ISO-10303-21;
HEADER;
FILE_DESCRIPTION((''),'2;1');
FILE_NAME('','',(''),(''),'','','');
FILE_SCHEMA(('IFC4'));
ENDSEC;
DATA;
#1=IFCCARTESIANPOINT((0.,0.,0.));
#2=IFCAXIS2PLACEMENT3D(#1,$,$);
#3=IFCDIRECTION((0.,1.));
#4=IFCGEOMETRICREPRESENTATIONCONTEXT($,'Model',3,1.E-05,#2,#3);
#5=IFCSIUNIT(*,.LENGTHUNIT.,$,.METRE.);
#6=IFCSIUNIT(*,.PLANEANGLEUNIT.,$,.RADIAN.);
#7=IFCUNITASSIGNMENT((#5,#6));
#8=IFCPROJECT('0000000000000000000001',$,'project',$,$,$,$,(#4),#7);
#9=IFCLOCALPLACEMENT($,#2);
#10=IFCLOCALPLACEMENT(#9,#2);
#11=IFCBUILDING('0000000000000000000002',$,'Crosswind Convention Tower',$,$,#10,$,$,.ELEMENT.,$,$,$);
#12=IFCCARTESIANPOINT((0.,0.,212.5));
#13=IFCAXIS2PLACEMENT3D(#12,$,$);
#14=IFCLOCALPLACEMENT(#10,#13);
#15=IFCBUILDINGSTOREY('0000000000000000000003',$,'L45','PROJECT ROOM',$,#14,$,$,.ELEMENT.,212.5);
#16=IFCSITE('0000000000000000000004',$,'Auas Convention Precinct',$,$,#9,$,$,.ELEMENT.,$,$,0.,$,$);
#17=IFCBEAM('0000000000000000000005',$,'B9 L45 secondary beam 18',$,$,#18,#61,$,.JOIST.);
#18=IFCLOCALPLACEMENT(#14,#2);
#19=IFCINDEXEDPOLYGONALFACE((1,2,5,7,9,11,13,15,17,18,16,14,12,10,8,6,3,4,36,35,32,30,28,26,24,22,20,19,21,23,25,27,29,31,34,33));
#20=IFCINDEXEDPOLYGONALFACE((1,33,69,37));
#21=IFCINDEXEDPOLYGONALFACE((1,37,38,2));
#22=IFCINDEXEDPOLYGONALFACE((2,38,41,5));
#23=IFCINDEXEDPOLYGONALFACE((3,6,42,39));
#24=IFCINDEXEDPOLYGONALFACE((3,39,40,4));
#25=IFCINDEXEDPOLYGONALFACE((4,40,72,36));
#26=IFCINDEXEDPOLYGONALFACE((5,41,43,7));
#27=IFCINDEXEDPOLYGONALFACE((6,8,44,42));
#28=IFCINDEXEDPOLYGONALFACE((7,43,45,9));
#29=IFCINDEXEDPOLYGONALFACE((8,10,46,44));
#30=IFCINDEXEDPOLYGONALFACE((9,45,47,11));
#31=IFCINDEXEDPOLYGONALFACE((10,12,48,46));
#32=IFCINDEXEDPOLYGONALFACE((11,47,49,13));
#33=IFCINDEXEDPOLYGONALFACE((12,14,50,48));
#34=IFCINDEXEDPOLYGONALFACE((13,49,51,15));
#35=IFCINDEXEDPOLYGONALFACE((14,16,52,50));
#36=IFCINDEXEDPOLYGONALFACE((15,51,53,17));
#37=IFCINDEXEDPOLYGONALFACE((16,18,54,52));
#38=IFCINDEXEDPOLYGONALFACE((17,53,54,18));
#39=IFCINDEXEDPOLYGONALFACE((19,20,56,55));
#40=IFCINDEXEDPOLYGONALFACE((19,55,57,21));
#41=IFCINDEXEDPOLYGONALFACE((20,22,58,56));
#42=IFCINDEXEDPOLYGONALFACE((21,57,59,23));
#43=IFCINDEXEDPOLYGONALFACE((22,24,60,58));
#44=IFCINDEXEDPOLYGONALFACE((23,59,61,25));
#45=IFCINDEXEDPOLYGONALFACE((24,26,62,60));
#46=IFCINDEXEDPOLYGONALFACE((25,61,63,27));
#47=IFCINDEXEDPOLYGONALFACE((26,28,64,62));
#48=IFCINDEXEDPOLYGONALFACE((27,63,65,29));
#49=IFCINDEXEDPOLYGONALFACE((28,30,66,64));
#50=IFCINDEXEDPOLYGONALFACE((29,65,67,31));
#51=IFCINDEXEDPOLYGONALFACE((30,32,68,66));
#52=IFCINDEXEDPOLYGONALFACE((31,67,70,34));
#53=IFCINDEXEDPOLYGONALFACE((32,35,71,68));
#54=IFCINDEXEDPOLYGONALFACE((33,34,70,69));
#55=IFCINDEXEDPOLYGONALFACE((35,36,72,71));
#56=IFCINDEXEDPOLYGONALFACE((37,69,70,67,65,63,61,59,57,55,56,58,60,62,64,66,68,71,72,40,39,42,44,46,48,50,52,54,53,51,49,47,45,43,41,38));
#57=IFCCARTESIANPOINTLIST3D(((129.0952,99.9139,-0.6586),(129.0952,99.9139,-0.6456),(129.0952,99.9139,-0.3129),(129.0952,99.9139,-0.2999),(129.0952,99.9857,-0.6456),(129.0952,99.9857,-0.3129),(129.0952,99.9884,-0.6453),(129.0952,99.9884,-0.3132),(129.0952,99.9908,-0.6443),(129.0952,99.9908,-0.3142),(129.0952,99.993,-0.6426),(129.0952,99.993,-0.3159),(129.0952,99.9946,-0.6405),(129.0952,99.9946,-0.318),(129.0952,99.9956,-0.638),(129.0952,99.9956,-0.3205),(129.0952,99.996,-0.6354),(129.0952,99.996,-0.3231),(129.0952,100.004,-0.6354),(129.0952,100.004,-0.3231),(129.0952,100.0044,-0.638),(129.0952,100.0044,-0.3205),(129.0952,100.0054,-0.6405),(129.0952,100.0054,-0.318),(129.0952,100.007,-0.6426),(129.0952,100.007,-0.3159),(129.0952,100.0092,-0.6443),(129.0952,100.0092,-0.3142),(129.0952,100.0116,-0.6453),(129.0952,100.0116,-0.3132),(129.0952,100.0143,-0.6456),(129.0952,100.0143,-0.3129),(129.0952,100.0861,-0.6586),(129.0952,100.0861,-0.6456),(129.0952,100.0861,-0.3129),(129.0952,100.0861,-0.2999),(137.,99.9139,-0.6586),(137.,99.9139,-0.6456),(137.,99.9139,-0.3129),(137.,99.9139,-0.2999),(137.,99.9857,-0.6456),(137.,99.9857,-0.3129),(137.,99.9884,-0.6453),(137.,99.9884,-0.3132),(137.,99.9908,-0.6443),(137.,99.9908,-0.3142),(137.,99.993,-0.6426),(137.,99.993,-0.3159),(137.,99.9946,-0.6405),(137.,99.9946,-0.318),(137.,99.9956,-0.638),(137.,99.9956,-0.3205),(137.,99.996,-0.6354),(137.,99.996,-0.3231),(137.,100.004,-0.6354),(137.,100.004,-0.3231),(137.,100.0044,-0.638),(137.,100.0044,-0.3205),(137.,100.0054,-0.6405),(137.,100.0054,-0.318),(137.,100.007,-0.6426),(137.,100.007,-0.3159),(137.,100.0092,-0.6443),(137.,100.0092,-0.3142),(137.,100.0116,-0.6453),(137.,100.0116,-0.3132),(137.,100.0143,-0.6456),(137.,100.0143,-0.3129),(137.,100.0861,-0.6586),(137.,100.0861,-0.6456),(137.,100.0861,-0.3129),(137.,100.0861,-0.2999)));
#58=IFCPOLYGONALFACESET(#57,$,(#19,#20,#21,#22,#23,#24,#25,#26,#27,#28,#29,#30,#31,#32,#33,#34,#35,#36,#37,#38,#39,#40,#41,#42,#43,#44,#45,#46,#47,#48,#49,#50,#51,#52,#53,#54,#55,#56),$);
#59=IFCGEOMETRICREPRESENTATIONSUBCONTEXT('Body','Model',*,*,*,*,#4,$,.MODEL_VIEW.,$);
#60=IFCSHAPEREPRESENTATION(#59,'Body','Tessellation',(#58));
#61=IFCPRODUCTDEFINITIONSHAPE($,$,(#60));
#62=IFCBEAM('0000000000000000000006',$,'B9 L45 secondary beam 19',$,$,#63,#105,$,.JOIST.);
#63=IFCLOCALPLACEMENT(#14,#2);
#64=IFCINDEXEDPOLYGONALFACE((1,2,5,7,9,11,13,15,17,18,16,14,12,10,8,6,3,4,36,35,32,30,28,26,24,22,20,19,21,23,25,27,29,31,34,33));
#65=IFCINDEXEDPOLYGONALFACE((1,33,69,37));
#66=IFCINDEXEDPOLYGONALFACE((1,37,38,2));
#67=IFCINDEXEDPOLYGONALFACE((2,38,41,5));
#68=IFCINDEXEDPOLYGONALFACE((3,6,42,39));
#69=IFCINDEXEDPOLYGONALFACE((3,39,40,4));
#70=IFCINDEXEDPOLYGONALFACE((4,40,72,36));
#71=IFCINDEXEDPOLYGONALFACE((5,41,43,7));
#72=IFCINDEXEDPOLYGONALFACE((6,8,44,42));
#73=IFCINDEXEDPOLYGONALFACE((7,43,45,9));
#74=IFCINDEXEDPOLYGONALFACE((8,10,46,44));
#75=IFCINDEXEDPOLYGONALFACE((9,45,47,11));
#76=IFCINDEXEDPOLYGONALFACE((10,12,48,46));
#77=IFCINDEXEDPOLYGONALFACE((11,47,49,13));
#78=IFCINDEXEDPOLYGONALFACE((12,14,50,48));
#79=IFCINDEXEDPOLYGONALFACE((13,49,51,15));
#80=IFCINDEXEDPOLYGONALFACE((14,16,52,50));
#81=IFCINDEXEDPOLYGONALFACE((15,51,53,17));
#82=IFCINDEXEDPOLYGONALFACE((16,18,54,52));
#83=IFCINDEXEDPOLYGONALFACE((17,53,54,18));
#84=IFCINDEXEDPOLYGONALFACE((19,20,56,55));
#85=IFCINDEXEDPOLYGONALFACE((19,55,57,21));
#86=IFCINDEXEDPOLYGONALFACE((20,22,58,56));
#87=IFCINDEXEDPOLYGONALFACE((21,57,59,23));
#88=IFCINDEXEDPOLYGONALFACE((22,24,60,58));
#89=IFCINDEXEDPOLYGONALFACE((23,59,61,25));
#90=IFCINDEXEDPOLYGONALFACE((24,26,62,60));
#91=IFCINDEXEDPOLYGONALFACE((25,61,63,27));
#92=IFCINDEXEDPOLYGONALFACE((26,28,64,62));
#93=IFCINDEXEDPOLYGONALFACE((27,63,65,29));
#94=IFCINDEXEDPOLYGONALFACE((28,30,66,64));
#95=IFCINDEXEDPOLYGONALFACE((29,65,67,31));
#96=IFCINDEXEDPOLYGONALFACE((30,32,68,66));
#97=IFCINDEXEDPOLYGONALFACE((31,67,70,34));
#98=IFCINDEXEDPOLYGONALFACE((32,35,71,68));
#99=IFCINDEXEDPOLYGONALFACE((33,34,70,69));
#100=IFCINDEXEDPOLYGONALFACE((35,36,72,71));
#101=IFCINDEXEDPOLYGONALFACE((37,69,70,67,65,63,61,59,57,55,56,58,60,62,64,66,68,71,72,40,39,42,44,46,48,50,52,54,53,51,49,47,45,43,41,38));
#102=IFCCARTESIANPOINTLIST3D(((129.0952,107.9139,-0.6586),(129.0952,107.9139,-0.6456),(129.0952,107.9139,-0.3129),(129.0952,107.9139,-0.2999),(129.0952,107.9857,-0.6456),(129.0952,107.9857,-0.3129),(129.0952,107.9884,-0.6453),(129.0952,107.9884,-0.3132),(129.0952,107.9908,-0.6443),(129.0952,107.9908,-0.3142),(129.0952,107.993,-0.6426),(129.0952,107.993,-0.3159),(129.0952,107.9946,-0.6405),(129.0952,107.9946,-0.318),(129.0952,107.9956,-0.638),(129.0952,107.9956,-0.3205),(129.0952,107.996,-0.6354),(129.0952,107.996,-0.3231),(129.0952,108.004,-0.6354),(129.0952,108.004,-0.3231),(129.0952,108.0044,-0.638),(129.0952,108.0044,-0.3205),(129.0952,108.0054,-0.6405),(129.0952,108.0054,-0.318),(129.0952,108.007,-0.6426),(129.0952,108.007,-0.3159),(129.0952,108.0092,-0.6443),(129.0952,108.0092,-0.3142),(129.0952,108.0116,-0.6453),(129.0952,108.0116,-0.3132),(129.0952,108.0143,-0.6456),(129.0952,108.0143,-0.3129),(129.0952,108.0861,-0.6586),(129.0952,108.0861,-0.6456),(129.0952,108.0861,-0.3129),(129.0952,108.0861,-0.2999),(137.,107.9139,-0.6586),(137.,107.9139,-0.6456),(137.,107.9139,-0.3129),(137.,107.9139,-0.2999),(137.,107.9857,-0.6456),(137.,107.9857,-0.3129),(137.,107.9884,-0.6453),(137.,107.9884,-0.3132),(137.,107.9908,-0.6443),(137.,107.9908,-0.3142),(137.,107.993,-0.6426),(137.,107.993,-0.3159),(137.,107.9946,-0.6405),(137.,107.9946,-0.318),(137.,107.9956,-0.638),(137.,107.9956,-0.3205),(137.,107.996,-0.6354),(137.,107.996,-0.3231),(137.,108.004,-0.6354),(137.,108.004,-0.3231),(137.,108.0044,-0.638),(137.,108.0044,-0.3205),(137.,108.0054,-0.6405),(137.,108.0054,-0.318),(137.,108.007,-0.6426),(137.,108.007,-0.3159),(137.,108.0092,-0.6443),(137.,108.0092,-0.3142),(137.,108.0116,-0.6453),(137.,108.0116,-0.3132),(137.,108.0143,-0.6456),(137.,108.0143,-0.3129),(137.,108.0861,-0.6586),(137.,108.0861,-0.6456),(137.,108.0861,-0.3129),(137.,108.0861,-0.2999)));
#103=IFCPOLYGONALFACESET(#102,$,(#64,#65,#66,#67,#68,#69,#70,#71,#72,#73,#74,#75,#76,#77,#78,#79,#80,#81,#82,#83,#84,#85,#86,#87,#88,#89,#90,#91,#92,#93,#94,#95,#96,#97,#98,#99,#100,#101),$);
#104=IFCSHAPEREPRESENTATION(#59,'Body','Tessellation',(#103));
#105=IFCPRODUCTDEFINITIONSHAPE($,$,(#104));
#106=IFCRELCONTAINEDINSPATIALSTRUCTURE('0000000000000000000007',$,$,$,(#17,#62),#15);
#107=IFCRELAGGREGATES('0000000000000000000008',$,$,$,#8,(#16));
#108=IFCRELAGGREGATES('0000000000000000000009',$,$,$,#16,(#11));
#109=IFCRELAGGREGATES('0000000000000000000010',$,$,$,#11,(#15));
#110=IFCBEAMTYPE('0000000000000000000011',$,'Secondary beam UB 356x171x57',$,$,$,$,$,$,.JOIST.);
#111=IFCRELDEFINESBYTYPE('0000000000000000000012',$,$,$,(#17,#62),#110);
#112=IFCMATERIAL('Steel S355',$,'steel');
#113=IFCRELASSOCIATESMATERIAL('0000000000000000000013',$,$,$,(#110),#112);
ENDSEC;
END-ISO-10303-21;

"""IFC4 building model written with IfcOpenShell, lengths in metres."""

from ifc_helpers import new_model, si_unit, direction, frame, origin, origin_2d, place, context, subcontext, project, spatial, i_section, extrude, material, material_profile, profile_set, type_object, element, save


model = new_model("IFC4")

# Units and contexts
model_context = context("Model", 3, precision=1e-05, world=origin(), true_north=direction((0.0, 1.0)))
body_context = subcontext(model_context, "Body", "Model", "MODEL_VIEW")
ifc_project = project(units=[si_unit("LENGTHUNIT", "METRE"), si_unit("PLANEANGLEUNIT", "RADIAN")], contexts=[model_context])

# Site, building, storey
site_placement = place(None, origin())
site = spatial("IfcSite", under=ifc_project, at=site_placement, Name="Auas Convention Precinct", CompositionType="ELEMENT", RefElevation=0.0)
building_placement = place(site_placement, origin())
building = spatial("IfcBuilding", under=site, at=building_placement, Name="Crosswind Convention Tower", CompositionType="ELEMENT")
storey_placement = place(building_placement, frame((0.0, 0.0, 212.5)))
storey = spatial("IfcBuildingStorey", under=building, at=storey_placement, Name="L45", Description="PROJECT ROOM", CompositionType="ELEMENT", Elevation=212.5)

# Beams
ifc_material_1 = material(Name="Steel S355", Category="steel")
ifc_material_profile_1 = material_profile(ifc_material_1, i_section(OverallWidth=0.1721, OverallDepth=0.3586, WebThickness=0.0081, FlangeThickness=0.0129, FilletRadius=0.0103, at=origin_2d()), Name="UB 356x171x57")
ifc_profile_set_1 = profile_set([ifc_material_profile_1], Name="Steel S355")
beam_type_1 = type_object("IfcBeamType", Name="Secondary beam UB 356x171x57", PredefinedType="JOIST", material=ifc_profile_set_1)
for number, where, z_axis, x_axis, name in (
    (1, (129.0952, 100.0, -0.4792), (1.0, 0.0, 0.0), (0.0, 1.0, 0.0), "B9 L45 secondary beam 18"),
    (2, (129.0952, 108.0, -0.4792), (1.0, 0.0, 0.0), (0.0, 1.0, 0.0), "B9 L45 secondary beam 19"),
):
    element("IfcBeam", number, at=place(storey_placement, frame(where, z_axis=z_axis, x_axis=x_axis)), inside=storey, type_object=beam_type_1, Name=name, PredefinedType="JOIST", context=body_context, shape_type="SweptSolid", body=[
        extrude(i_section(OverallWidth=0.1721, OverallDepth=0.3586, WebThickness=0.0081, FlangeThickness=0.0129, FilletRadius=0.0103, at=origin_2d()), origin(), (0.0, 0.0, 1.0), 7.9048),
    ])

save(model, "model.ifc")
